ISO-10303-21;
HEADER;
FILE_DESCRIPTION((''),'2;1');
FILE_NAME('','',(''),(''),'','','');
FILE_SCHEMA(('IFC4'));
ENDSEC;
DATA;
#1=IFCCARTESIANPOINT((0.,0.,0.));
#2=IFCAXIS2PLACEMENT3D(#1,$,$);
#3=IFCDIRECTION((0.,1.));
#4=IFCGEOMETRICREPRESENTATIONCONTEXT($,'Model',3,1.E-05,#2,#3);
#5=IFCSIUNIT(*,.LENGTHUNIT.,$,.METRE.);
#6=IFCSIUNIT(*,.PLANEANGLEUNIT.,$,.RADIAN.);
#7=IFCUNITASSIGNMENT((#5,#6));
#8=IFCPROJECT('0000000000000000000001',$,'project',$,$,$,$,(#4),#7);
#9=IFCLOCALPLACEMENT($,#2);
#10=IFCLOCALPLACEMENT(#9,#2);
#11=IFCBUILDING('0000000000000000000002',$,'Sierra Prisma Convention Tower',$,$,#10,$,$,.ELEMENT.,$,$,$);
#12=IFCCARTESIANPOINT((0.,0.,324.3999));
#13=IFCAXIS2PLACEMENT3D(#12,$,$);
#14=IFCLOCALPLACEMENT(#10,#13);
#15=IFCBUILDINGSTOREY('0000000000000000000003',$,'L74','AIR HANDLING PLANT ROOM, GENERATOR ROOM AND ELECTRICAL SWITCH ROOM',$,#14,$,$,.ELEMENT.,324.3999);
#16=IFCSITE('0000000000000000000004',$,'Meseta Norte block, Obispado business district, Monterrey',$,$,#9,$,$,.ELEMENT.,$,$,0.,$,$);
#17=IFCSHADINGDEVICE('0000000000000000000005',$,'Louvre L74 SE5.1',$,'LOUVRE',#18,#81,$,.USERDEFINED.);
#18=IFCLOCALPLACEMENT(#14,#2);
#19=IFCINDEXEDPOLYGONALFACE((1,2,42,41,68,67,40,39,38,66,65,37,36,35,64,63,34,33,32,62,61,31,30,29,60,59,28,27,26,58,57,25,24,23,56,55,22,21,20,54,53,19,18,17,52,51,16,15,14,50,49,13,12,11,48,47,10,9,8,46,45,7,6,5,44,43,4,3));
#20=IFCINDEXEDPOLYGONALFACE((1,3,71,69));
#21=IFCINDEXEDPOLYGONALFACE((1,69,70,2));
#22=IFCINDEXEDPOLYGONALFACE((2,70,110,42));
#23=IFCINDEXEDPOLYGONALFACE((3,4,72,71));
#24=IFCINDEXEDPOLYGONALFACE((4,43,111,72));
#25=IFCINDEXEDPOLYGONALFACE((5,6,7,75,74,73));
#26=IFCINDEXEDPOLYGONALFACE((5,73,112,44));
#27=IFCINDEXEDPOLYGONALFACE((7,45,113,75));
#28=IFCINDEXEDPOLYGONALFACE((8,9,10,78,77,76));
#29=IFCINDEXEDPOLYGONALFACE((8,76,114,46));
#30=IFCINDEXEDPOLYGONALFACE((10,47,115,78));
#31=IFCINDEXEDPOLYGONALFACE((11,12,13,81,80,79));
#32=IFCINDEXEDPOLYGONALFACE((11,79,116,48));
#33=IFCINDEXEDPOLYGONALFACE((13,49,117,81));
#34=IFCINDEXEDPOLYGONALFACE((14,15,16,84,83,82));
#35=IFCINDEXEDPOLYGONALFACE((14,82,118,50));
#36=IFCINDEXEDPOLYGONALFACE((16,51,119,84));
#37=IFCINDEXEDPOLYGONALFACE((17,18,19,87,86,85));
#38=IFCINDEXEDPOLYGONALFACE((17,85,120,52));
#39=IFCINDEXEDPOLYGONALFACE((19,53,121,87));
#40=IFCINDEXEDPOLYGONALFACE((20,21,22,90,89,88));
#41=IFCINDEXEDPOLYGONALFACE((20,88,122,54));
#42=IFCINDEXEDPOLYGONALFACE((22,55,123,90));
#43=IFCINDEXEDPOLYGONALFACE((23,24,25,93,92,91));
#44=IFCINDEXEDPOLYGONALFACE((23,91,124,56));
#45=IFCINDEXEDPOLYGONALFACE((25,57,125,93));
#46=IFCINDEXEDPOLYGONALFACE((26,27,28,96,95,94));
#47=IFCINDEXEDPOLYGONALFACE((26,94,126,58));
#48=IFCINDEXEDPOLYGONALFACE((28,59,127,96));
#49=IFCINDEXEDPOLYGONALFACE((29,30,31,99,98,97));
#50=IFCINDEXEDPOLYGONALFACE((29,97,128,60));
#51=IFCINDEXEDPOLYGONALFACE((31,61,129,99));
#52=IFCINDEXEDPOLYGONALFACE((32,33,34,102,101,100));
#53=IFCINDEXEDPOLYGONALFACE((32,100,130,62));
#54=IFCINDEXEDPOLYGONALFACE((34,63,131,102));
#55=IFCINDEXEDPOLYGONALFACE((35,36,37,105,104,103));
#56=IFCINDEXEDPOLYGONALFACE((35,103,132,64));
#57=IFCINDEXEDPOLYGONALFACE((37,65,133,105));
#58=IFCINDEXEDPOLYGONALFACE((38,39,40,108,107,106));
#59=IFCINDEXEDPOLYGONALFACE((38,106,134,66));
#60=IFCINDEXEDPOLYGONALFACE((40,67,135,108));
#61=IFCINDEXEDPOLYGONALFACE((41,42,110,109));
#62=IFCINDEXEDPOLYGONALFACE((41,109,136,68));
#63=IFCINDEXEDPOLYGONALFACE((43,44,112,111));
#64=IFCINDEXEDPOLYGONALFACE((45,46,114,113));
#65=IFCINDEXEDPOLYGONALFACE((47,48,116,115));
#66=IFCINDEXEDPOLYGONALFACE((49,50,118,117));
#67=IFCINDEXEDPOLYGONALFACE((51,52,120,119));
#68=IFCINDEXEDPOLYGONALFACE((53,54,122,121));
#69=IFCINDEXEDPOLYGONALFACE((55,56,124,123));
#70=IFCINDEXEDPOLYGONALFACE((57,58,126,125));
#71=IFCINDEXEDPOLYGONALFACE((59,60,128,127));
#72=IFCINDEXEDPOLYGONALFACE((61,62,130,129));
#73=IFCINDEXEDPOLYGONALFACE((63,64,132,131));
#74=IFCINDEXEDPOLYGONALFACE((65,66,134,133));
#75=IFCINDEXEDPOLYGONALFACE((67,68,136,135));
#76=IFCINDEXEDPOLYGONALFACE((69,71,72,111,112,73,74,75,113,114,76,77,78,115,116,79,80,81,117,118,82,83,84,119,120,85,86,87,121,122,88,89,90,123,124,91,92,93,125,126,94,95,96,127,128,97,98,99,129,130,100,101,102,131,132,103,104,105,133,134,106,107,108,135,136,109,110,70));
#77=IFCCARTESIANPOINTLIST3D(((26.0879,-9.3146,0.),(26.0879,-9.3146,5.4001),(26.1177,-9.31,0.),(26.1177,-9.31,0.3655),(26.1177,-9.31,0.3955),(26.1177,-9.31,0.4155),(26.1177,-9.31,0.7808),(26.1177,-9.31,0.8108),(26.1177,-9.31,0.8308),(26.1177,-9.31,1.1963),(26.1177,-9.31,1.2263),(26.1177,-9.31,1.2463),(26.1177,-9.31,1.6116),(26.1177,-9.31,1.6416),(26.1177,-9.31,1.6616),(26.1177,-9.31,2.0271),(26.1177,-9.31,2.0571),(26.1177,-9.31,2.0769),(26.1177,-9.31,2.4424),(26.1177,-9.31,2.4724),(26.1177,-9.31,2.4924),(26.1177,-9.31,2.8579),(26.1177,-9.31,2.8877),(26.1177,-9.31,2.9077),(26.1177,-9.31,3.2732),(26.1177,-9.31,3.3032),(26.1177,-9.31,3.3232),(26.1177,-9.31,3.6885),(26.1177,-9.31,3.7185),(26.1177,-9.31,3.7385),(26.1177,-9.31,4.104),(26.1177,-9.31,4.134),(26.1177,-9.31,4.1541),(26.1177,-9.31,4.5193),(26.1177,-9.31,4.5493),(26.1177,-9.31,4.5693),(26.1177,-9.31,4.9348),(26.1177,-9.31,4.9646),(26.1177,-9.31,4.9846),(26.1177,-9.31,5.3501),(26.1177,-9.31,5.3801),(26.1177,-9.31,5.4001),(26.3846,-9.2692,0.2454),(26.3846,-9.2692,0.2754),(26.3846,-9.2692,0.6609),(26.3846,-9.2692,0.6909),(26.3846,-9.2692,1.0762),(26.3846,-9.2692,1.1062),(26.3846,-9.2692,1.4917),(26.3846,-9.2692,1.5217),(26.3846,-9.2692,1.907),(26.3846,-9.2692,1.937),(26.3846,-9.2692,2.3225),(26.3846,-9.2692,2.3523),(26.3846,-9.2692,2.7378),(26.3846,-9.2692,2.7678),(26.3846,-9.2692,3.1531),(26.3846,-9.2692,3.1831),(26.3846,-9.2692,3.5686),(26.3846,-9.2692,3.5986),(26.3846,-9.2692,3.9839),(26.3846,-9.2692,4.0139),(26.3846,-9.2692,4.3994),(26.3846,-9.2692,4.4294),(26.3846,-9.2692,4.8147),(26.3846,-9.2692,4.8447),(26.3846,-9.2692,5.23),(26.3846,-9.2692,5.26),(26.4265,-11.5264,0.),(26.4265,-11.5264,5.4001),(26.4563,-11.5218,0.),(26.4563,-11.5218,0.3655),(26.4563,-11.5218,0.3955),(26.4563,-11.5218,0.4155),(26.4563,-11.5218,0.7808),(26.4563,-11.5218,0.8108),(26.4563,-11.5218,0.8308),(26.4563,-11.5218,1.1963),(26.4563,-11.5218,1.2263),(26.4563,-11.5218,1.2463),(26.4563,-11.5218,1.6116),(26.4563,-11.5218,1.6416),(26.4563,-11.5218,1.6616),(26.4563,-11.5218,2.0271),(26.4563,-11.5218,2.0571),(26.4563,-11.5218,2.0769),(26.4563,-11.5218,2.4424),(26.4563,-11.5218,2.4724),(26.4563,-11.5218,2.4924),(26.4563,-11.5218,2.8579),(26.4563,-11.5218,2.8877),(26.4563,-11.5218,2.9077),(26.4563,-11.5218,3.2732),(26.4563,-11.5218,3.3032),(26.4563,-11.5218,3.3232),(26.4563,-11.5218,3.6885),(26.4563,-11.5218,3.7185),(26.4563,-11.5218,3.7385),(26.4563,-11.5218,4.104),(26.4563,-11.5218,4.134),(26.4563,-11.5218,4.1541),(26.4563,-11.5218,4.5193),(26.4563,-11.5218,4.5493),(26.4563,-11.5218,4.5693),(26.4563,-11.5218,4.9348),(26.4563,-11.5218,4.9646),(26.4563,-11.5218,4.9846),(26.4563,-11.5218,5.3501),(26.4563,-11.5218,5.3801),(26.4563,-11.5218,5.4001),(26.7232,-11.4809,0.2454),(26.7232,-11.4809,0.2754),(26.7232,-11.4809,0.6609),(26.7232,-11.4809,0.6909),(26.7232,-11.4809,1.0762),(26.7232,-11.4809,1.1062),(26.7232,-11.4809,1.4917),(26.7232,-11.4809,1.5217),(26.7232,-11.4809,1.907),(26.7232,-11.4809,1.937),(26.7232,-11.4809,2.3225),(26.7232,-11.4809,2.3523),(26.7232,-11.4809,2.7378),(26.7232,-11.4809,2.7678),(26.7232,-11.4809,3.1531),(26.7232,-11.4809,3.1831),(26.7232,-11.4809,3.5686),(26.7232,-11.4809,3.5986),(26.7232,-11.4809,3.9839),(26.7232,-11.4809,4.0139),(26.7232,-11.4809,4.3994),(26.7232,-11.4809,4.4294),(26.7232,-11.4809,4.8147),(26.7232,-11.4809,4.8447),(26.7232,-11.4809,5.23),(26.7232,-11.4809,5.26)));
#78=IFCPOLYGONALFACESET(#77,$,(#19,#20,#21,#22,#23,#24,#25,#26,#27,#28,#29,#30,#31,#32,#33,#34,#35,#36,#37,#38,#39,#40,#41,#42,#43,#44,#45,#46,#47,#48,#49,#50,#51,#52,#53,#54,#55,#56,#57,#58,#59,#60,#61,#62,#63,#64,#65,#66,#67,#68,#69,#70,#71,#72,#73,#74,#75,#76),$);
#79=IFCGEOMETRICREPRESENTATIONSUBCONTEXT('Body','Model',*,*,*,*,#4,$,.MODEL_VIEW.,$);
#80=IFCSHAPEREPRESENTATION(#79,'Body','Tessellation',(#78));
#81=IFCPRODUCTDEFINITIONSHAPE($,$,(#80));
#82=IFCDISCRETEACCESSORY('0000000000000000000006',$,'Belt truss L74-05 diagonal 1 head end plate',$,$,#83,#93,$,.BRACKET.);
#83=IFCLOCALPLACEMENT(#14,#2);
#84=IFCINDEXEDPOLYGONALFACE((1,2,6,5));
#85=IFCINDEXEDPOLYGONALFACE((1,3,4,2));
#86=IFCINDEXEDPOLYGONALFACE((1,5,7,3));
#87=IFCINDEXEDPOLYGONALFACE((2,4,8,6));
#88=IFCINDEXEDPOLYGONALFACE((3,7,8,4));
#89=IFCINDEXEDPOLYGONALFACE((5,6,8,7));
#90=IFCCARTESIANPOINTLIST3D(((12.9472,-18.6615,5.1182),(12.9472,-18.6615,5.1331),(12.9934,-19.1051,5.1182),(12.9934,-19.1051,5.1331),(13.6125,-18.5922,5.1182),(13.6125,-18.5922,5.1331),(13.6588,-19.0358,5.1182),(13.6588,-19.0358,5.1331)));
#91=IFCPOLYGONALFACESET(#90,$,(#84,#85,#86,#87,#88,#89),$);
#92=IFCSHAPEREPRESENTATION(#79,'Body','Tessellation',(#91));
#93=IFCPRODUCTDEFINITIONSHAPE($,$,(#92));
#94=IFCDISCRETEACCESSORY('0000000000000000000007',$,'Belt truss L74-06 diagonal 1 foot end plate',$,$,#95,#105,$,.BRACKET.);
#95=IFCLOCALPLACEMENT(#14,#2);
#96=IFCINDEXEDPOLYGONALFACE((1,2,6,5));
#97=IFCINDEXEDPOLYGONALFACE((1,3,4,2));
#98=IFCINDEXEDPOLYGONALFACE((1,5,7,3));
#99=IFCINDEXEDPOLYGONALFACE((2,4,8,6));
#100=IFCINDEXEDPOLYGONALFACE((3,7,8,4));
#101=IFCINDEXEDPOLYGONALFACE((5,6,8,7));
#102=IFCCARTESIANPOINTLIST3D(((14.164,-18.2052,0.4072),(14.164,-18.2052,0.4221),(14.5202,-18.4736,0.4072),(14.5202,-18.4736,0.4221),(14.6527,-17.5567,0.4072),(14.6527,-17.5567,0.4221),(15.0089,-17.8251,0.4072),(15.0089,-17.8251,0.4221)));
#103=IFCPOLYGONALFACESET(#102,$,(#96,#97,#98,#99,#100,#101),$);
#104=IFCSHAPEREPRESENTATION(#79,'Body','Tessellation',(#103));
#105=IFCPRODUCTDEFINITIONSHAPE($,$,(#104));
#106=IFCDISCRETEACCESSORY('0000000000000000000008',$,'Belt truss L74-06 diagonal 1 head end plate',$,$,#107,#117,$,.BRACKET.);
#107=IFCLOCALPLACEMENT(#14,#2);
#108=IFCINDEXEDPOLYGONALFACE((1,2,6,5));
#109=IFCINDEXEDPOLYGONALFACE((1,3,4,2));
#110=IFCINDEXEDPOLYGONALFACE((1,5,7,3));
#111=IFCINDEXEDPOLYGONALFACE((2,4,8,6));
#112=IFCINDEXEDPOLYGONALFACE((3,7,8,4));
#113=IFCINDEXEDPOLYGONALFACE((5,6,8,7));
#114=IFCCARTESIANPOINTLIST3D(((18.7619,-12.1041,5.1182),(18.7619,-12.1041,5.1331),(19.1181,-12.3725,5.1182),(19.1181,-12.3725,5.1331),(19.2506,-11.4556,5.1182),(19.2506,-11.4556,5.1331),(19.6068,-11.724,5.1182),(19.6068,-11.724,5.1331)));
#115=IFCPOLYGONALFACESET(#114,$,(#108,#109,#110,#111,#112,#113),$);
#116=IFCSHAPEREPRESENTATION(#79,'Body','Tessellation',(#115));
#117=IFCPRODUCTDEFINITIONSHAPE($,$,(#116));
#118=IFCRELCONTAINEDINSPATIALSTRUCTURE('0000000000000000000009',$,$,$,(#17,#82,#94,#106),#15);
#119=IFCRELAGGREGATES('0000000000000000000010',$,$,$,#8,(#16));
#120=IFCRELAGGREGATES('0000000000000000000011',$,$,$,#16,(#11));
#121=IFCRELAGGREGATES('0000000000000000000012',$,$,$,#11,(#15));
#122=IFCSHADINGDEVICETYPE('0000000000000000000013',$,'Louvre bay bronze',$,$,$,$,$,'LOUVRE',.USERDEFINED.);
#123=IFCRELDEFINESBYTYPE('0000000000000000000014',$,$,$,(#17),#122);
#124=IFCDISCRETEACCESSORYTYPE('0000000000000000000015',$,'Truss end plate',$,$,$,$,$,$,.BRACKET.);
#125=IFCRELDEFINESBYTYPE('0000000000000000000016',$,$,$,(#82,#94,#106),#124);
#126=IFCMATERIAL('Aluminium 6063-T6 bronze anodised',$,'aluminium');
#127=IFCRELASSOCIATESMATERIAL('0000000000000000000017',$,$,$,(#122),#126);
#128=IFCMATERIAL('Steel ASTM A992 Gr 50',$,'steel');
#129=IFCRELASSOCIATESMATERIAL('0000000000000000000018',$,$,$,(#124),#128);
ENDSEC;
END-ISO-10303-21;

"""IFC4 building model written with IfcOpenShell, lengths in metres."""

from ifc_helpers import new_model, si_unit, direction, frame, origin, origin_2d, place, context, subcontext, project, spatial, polyline, rectangle, outline, extrude, material, type_object, element, save


model = new_model("IFC4")

# Units and contexts
model_context = context("Model", 3, precision=1e-05, world=origin(), true_north=direction((0.0, 1.0)))
body_context = subcontext(model_context, "Body", "Model", "MODEL_VIEW")
ifc_project = project(units=[si_unit("LENGTHUNIT", "METRE"), si_unit("PLANEANGLEUNIT", "RADIAN")], contexts=[model_context])

# Site, building, storey
site_placement = place(None, origin())
site = spatial("IfcSite", under=ifc_project, at=site_placement, Name="Meseta Norte block, Obispado business district, Monterrey", CompositionType="ELEMENT", RefElevation=0.0)
building_placement = place(site_placement, origin())
building = spatial("IfcBuilding", under=site, at=building_placement, Name="Sierra Prisma Convention Tower", CompositionType="ELEMENT")
storey_placement = place(building_placement, frame((0.0, 0.0, 324.3999)))
storey = spatial("IfcBuildingStorey", under=building, at=storey_placement, Name="L74", Description="AIR HANDLING PLANT ROOM, GENERATOR ROOM AND ELECTRICAL SWITCH ROOM", CompositionType="ELEMENT", Elevation=324.3999)

# Shading device
ifc_material_1 = material(Name="Aluminium 6063-T6 bronze anodised", Category="aluminium")
shading_device_type = type_object("IfcShadingDeviceType", Name="Louvre bay bronze", ElementType="LOUVRE", PredefinedType="USERDEFINED", material=ifc_material_1)
shading_device_1_placement = place(storey_placement, frame((26.4265, -11.5264, 0.0), z_axis=(0.151324, -0.988484, 0.0), x_axis=(0.0, 0.0, 1.0)))
element("IfcShadingDevice", 1, at=shading_device_1_placement, inside=storey, type_object=shading_device_type, Name="Louvre L74 SE5.1", ObjectType="LOUVRE", PredefinedType="USERDEFINED", context=body_context, shape_type="SweptSolid", body=[
    extrude(outline(polyline([(0.0, 0.0), (5.4001, 0.0), (5.4001, -0.0301), (5.3801, -0.0301), (5.26, -0.3002), (5.23, -0.3002), (5.3501, -0.0301), (4.9846, -0.0301), (4.9646, -0.0301), (4.8447, -0.3002), (4.8147, -0.3002), (4.9348, -0.0301), (4.5693, -0.0301), (4.5493, -0.0301), (4.4294, -0.3002), (4.3994, -0.3002), (4.5193, -0.0301), (4.1541, -0.0301), (4.134, -0.0301), (4.0139, -0.3002), (3.9839, -0.3002), (4.104, -0.0301), (3.7385, -0.0301), (3.7185, -0.0301), (3.5986, -0.3002), (3.5686, -0.3002), (3.6885, -0.0301), (3.3232, -0.0301), (3.3032, -0.0301), (3.1831, -0.3002), (3.1531, -0.3002), (3.2732, -0.0301), (2.9077, -0.0301), (2.8877, -0.0301), (2.7678, -0.3002), (2.7378, -0.3002), (2.8579, -0.0301), (2.4924, -0.0301), (2.4724, -0.0301), (2.3523, -0.3002), (2.3225, -0.3002), (2.4424, -0.0301), (2.0769, -0.0301), (2.0571, -0.0301), (1.937, -0.3002), (1.907, -0.3002), (2.0271, -0.0301), (1.6616, -0.0301), (1.6416, -0.0301), (1.5217, -0.3002), (1.4917, -0.3002), (1.6116, -0.0301), (1.2463, -0.0301), (1.2263, -0.0301), (1.1062, -0.3002), (1.0762, -0.3002), (1.1963, -0.0301), (0.8308, -0.0301), (0.8108, -0.0301), (0.6909, -0.3002), (0.6609, -0.3002), (0.7808, -0.0301), (0.4155, -0.0301), (0.3955, -0.0301), (0.2754, -0.3002), (0.2454, -0.3002), (0.3655, -0.0301), (0.0, -0.0301), (0.0, 0.0)])), origin(), (0.0, 0.0, -1.0), 2.2375),
])

# Discrete accessories
ifc_material_2 = material(Name="Steel ASTM A992 Gr 50", Category="steel")
discrete_accessory_type = type_object("IfcDiscreteAccessoryType", Name="Truss end plate", PredefinedType="BRACKET", material=ifc_material_2)
discrete_accessory_placement = place(storey_placement, frame((13.303, -18.8486, 5.1182), z_axis=(0.0, 0.0, 1.0), x_axis=(0.994619, 0.103598, 0.0)))
element("IfcDiscreteAccessory", 2, at=discrete_accessory_placement, inside=storey, type_object=discrete_accessory_type, Name="Belt truss L74-05 diagonal 1 head end plate", PredefinedType="BRACKET", context=body_context, shape_type="SweptSolid", body=[
    extrude(rectangle(XDim=0.6689, YDim=0.446, at=origin_2d()), origin(), (0.0, 0.0, 1.0), 0.0149),
])
for number, where, z_axis, x_axis, name in (
    (3, (14.5864, -18.0151, 0.4072), (0.0, 0.0, 1.0), (0.601846, 0.798612, 0.0), "Belt truss L74-06 diagonal 1 foot end plate"),
    (4, (19.1843, -11.9141, 5.1182), (0.0, 0.0, 1.0), (0.601846, 0.798612, 0.0), "Belt truss L74-06 diagonal 1 head end plate"),
):
    element("IfcDiscreteAccessory", number, at=place(storey_placement, frame(where, z_axis=z_axis, x_axis=x_axis)), inside=storey, type_object=discrete_accessory_type, Name=name, PredefinedType="BRACKET", context=body_context, shape_type="SweptSolid", body=[
        extrude(rectangle(XDim=0.812, YDim=0.446, at=origin_2d()), origin(), (0.0, 0.0, 1.0), 0.0149),
    ])

save(model, "model.ifc")
